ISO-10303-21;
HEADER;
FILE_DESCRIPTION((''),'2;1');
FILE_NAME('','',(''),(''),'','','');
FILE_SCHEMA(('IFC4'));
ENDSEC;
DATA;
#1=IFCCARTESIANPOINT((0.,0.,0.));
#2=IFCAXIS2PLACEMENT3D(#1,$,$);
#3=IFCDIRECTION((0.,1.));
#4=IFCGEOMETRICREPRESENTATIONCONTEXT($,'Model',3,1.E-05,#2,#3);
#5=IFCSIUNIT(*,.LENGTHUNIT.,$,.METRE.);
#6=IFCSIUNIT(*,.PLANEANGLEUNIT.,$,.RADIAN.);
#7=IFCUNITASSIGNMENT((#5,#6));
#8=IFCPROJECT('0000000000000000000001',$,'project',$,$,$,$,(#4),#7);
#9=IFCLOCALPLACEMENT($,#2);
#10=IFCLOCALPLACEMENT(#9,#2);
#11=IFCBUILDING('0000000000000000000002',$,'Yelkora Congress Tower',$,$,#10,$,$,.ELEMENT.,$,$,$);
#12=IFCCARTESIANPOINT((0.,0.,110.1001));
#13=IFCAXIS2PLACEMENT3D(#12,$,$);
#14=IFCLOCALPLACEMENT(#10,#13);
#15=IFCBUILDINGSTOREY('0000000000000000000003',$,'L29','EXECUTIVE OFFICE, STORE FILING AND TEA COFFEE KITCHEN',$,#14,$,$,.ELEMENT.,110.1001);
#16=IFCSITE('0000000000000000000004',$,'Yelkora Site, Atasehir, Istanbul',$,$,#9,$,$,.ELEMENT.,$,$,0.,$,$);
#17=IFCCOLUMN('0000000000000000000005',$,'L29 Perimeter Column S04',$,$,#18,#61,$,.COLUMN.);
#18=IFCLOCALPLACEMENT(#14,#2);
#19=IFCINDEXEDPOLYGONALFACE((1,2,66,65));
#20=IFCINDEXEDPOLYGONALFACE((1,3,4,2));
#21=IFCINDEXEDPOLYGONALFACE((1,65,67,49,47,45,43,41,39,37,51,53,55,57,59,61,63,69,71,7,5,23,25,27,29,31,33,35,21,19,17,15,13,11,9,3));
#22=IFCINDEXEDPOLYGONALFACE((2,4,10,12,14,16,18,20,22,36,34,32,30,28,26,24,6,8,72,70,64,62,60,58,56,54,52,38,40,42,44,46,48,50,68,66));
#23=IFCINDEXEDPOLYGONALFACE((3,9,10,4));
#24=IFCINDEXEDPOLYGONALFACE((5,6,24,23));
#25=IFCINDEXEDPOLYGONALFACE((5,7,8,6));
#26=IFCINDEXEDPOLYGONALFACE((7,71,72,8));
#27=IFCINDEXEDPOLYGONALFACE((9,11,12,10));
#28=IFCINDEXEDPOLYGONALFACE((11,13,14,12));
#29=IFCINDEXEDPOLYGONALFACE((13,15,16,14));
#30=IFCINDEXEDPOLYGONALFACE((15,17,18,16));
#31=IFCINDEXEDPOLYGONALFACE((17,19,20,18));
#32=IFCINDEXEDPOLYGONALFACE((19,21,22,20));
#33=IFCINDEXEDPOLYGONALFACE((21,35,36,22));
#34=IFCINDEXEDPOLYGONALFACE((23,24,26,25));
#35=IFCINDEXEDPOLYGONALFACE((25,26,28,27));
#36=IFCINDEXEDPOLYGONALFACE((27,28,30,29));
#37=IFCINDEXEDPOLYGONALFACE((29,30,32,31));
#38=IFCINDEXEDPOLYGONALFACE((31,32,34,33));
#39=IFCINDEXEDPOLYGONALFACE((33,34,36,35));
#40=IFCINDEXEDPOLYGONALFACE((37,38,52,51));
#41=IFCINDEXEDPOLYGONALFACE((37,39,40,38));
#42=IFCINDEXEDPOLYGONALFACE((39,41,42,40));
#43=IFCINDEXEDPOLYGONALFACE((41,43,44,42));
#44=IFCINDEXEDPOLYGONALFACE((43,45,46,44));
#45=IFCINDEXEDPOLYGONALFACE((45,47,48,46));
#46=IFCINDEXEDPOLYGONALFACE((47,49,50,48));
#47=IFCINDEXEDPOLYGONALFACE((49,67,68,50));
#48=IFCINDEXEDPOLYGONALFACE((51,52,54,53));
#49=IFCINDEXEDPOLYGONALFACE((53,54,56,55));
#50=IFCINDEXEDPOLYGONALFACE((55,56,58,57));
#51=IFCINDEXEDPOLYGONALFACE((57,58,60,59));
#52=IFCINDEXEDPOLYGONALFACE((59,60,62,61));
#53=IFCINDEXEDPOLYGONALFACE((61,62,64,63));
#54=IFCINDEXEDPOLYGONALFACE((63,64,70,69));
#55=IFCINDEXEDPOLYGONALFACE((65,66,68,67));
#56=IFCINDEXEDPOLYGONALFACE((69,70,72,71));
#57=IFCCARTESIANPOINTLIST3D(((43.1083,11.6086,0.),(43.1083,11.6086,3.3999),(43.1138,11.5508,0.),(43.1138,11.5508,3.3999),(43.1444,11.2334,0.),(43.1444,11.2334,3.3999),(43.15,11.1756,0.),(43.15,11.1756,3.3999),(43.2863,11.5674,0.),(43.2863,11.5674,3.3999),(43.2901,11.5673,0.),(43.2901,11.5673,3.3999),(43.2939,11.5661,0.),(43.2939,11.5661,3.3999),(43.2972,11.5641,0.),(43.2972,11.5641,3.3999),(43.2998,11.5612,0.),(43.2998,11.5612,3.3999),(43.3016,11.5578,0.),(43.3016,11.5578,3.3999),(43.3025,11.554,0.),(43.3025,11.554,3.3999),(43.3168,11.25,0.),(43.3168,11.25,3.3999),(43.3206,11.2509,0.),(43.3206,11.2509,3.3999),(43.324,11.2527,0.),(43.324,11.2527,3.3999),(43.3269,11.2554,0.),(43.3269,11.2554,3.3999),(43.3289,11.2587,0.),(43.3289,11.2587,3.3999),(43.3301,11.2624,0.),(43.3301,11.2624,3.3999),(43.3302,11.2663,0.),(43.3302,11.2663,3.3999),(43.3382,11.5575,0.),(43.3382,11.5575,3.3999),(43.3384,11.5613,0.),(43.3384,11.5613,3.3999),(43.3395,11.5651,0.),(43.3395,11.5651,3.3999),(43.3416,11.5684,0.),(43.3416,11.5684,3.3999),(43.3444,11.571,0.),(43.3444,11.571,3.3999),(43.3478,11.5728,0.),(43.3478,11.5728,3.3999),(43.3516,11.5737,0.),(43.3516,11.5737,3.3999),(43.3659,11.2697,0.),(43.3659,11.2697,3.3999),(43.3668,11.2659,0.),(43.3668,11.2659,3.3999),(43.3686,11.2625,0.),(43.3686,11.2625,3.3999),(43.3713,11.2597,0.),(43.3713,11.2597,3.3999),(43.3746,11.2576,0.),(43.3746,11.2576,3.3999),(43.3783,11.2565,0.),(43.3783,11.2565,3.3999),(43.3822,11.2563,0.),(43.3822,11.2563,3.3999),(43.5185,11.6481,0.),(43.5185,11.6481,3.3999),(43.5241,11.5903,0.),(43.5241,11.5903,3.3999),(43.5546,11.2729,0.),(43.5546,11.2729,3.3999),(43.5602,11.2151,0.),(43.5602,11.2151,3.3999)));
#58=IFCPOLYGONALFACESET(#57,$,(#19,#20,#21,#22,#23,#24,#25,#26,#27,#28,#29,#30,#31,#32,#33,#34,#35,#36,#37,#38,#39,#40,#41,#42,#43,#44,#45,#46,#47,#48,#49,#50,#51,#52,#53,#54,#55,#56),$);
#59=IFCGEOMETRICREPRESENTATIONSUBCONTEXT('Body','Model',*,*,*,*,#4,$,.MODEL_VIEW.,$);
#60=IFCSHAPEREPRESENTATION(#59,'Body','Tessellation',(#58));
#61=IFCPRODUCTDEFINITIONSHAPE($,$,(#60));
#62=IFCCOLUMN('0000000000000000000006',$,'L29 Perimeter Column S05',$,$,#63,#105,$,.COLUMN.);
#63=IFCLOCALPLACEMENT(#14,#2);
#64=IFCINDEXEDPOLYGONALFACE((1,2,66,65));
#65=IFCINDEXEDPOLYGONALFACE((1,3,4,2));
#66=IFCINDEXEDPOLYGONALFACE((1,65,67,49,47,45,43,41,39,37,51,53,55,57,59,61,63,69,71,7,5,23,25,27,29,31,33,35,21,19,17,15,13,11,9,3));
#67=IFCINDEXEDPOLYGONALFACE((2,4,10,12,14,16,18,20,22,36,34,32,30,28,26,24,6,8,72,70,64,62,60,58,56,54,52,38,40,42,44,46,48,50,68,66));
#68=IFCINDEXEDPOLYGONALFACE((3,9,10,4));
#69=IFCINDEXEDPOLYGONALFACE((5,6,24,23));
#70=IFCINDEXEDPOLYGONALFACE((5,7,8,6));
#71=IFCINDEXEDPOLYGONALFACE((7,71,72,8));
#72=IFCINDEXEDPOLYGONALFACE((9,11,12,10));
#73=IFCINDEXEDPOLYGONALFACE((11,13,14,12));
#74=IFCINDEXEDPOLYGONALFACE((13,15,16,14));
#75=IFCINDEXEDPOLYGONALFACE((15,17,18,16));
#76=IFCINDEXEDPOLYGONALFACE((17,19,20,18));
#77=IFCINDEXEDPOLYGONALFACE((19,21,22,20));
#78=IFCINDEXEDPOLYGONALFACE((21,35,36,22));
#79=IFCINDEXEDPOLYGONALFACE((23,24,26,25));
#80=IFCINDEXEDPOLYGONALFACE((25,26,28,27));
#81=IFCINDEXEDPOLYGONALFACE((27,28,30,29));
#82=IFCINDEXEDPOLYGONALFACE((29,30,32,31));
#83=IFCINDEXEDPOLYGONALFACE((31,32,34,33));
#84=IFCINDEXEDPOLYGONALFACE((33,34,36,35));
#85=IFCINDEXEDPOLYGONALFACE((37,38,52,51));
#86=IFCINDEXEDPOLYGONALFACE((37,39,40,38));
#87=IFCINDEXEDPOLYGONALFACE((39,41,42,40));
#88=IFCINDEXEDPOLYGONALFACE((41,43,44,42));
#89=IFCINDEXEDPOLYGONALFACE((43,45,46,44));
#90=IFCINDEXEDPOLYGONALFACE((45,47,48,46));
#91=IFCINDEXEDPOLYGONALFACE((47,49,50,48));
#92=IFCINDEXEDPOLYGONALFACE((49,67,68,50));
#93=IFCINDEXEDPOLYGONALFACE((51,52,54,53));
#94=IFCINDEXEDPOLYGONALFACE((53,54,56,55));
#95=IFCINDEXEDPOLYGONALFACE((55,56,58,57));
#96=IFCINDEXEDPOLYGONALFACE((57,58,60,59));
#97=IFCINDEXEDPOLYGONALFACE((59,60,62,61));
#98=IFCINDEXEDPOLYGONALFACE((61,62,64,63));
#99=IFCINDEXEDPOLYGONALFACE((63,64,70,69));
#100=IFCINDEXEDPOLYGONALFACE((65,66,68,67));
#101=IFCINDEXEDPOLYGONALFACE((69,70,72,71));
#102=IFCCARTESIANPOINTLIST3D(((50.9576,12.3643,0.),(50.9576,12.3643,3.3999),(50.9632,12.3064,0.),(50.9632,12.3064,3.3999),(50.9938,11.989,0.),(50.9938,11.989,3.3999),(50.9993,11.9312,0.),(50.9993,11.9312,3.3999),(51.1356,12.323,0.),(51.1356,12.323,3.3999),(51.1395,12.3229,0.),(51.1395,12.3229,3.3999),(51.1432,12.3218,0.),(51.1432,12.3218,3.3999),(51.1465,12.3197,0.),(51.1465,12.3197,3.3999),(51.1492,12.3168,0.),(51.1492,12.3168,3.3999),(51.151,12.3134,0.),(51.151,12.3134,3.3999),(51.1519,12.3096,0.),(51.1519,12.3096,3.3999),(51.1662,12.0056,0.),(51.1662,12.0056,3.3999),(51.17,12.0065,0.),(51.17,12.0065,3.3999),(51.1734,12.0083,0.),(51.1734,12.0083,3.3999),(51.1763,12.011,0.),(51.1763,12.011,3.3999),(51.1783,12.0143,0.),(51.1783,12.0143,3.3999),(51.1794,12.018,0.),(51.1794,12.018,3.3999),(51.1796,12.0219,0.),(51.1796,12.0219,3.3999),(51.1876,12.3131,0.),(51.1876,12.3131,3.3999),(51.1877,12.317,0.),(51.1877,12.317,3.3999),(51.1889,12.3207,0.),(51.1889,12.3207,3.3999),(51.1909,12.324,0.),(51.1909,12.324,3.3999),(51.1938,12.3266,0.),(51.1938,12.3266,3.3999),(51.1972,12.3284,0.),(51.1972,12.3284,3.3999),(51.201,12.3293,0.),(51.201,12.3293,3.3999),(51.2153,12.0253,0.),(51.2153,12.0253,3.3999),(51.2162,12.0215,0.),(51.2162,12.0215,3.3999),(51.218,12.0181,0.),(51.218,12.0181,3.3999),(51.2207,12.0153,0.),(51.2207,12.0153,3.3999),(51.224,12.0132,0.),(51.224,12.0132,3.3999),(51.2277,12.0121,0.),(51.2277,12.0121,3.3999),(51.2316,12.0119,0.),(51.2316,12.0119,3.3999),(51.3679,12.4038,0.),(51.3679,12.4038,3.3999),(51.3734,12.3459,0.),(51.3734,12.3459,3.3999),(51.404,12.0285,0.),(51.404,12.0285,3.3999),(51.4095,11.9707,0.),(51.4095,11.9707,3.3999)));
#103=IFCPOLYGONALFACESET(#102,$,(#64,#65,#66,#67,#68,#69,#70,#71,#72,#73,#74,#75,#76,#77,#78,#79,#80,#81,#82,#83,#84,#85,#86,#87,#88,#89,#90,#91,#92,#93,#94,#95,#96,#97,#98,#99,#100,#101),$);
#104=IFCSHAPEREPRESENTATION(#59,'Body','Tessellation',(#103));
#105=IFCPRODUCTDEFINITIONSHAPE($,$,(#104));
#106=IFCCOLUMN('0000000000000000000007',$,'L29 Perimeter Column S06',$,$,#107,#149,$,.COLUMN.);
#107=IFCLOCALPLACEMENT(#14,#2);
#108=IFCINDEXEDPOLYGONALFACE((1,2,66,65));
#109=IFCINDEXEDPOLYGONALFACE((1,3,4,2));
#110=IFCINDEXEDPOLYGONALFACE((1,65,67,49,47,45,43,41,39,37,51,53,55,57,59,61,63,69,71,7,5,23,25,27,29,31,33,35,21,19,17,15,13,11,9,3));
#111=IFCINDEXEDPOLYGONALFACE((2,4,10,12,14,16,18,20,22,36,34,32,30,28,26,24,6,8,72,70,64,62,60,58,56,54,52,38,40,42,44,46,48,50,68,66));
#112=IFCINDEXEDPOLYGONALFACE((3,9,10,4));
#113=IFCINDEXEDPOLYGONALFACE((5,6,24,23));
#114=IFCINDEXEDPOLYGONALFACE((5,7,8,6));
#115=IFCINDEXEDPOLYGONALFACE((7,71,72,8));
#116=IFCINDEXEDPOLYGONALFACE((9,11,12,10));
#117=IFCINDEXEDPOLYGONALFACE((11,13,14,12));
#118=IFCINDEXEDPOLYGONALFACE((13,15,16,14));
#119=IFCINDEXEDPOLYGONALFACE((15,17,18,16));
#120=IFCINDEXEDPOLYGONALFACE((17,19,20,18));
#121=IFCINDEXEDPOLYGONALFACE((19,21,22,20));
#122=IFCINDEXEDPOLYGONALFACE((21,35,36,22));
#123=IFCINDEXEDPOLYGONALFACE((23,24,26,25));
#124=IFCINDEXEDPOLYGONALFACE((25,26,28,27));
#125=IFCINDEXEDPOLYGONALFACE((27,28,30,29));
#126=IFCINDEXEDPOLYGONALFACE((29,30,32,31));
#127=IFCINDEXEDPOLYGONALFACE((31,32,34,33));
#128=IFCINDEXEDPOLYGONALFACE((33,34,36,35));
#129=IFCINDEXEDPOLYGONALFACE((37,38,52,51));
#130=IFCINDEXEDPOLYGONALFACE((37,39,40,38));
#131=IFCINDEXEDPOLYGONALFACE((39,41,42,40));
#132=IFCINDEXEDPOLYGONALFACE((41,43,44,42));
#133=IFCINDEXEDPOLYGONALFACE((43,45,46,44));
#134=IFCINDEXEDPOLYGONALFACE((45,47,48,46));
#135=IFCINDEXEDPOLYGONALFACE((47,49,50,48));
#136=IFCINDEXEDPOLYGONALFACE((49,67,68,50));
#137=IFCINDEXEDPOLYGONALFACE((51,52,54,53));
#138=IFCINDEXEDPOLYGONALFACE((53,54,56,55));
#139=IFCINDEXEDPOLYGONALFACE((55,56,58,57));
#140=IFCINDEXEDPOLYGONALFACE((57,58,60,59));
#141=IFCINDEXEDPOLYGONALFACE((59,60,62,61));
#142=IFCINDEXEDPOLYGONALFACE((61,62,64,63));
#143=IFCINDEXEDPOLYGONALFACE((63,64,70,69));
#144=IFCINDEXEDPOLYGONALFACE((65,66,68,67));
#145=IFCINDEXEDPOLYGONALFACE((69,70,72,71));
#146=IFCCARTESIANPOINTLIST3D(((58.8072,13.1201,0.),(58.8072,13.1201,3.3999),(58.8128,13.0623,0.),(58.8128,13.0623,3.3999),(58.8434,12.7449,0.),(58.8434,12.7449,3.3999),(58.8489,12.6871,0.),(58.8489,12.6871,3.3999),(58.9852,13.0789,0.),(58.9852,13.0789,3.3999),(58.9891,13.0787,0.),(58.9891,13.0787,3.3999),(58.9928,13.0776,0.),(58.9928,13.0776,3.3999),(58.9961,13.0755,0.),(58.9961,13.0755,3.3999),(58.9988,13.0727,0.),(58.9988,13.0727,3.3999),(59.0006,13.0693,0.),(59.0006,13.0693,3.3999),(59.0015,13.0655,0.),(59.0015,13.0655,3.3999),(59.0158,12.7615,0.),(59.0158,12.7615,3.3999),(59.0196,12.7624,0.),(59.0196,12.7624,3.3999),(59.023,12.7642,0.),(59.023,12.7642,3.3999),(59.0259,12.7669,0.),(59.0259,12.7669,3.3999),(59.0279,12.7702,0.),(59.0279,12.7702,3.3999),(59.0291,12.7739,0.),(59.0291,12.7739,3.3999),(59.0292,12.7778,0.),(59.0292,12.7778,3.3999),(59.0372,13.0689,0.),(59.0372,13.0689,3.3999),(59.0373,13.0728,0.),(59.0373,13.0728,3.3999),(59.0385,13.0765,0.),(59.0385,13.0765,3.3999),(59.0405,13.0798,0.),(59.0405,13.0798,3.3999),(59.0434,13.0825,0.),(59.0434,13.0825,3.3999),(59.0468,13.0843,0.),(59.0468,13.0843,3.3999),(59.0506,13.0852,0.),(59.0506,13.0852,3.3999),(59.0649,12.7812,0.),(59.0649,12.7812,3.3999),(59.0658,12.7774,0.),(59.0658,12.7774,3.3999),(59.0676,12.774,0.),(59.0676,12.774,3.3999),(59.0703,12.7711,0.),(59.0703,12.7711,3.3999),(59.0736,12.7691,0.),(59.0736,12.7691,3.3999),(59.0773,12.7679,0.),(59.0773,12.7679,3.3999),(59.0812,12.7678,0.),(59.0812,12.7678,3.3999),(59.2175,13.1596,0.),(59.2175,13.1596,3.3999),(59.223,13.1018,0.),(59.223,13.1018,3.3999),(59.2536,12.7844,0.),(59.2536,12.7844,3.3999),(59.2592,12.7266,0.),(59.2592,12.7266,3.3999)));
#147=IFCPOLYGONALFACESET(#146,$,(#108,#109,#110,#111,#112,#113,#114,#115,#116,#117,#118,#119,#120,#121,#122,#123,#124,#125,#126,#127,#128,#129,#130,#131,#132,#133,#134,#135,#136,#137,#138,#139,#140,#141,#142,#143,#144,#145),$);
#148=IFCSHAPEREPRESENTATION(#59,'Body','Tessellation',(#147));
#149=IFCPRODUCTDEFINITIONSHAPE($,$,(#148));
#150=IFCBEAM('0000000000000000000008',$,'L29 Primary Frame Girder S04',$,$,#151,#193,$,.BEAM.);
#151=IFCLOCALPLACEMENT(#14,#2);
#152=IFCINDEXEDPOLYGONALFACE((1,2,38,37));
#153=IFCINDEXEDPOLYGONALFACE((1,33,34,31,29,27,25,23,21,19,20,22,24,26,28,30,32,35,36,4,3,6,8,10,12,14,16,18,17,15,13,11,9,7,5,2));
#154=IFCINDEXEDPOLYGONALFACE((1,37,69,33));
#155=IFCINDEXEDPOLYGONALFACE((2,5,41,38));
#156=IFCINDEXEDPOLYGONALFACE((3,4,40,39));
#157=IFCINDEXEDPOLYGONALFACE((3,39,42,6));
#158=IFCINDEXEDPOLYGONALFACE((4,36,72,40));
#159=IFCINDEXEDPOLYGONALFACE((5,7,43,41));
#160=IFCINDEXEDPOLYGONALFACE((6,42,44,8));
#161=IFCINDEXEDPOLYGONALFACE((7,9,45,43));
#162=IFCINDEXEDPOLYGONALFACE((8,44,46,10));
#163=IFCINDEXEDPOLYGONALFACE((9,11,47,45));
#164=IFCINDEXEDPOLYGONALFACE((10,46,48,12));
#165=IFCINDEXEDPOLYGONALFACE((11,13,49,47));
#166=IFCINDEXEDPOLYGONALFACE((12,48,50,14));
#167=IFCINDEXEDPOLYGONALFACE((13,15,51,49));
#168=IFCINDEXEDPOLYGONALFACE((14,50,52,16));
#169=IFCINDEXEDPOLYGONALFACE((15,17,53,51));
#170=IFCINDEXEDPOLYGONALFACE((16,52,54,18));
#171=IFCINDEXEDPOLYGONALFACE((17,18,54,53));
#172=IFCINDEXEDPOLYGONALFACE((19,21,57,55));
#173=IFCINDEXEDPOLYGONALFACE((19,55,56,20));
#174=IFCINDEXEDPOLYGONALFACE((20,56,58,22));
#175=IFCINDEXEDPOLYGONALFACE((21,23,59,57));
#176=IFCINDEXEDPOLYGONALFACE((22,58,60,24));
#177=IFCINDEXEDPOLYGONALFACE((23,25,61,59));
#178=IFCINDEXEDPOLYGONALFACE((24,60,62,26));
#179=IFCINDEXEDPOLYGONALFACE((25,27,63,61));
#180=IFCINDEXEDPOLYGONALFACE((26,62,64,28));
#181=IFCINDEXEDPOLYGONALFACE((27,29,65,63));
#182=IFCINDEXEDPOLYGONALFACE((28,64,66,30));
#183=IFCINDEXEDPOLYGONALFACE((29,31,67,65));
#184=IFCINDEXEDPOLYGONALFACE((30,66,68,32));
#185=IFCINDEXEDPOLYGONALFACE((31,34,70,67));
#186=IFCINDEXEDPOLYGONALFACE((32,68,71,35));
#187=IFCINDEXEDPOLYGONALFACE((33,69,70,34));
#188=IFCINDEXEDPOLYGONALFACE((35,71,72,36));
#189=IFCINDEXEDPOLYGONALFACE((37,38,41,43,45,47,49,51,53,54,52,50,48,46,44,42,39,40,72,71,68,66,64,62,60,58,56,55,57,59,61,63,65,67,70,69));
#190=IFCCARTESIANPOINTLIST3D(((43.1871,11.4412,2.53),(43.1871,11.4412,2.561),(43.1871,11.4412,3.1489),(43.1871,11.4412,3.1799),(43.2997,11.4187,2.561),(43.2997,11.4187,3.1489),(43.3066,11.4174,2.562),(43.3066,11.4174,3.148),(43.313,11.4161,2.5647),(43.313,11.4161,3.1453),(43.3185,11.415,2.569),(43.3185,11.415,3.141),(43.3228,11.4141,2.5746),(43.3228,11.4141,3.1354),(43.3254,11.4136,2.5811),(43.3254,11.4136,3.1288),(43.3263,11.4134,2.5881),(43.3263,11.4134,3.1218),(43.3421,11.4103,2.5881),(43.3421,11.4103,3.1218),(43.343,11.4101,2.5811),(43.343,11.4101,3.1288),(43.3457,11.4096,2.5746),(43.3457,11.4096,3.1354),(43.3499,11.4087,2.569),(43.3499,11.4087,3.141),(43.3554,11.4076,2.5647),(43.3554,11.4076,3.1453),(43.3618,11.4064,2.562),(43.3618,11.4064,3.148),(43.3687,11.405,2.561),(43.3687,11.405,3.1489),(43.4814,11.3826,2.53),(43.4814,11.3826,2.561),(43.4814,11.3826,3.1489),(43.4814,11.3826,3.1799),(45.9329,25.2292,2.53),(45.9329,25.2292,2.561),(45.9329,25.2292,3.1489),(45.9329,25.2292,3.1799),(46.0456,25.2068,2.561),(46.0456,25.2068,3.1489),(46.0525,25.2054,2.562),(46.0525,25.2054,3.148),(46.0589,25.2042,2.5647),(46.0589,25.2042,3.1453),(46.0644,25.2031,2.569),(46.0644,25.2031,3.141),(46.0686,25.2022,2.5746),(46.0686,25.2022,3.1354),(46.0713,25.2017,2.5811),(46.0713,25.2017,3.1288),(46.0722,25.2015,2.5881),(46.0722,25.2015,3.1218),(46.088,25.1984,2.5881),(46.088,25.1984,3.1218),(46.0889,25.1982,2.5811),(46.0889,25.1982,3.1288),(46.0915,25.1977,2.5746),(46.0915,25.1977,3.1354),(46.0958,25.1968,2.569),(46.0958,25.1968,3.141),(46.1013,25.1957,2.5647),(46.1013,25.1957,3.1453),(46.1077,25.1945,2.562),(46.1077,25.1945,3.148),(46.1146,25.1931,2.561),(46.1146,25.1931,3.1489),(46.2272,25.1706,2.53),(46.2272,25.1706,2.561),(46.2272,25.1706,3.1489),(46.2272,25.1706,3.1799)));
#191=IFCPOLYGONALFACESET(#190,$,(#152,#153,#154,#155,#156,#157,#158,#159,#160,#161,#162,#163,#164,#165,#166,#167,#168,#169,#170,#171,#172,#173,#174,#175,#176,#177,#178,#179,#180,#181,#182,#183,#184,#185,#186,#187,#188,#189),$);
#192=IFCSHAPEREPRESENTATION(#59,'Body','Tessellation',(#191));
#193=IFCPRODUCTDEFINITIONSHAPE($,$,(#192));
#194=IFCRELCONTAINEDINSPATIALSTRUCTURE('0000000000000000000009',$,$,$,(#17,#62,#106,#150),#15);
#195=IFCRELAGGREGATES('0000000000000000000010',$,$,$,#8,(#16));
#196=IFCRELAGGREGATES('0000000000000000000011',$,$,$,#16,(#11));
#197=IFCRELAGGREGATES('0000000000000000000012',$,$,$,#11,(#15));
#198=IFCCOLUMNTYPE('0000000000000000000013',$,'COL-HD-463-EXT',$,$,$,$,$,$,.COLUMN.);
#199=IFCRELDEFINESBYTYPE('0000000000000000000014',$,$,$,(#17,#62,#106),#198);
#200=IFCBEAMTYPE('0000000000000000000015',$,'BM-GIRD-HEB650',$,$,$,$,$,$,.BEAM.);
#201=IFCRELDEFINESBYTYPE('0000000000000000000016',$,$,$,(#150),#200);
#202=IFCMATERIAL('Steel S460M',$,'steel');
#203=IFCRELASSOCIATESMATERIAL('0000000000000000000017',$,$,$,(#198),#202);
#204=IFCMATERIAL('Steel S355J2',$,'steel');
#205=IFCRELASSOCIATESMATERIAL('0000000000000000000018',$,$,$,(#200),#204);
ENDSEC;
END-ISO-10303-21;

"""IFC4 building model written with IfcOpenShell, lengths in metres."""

from ifc_helpers import new_model, si_unit, direction, frame, origin, origin_2d, place, context, subcontext, project, spatial, i_section, extrude, material, material_profile, profile_set, type_object, element, save


model = new_model("IFC4")

# Units and contexts
model_context = context("Model", 3, precision=1e-05, world=origin(), true_north=direction((0.0, 1.0)))
body_context = subcontext(model_context, "Body", "Model", "MODEL_VIEW")
ifc_project = project(units=[si_unit("LENGTHUNIT", "METRE"), si_unit("PLANEANGLEUNIT", "RADIAN")], contexts=[model_context])

# Site, building, storey
site_placement = place(None, origin())
site = spatial("IfcSite", under=ifc_project, at=site_placement, Name="Yelkora Site, Atasehir, Istanbul", CompositionType="ELEMENT", RefElevation=0.0)
building_placement = place(site_placement, origin())
building = spatial("IfcBuilding", under=site, at=building_placement, Name="Yelkora Congress Tower", CompositionType="ELEMENT")
storey_placement = place(building_placement, frame((0.0, 0.0, 110.1001)))
storey = spatial("IfcBuildingStorey", under=building, at=storey_placement, Name="L29", Description="EXECUTIVE OFFICE, STORE FILING AND TEA COFFEE KITCHEN", CompositionType="ELEMENT", Elevation=110.1001)

# Columns
ifc_material_1 = material(Name="Steel S460M", Category="steel")
ifc_material_profile_1 = material_profile(ifc_material_1, i_section(OverallWidth=0.4121, OverallDepth=0.4351, WebThickness=0.0359, FlangeThickness=0.0581, FilletRadius=0.0149, at=origin_2d()), Name="HD 400x463")
ifc_profile_set_1 = profile_set([ifc_material_profile_1], Name="Steel S460M")
column_type = type_object("IfcColumnType", Name="COL-HD-463-EXT", PredefinedType="COLUMN", material=ifc_profile_set_1)
for number, where, z_axis, x_axis, name in (
    (1, (43.3342, 11.4119, 0.0), (0.0, 0.0, 1.0), (0.995396, 0.095846, 0.0), "L29 Perimeter Column S04"),
    (2, (51.1836, 12.1675, 0.0), (0.0, 0.0, 1.0), (0.995396, 0.095846, 0.0), "L29 Perimeter Column S05"),
    (3, (59.0332, 12.9233, 0.0), (0.0, 0.0, 1.0), (0.995396, 0.095846, 0.0), "L29 Perimeter Column S06"),
):
    element("IfcColumn", number, at=place(storey_placement, frame(where, z_axis=z_axis, x_axis=x_axis)), inside=storey, type_object=column_type, Name=name, PredefinedType="COLUMN", context=body_context, shape_type="SweptSolid", body=[
        extrude(i_section(OverallWidth=0.4121, OverallDepth=0.4351, WebThickness=0.0359, FlangeThickness=0.0581, FilletRadius=0.0149, at=origin_2d()), origin(), (0.0, 0.0, 1.0), 3.3999),
    ])

# Beam
ifc_material_2 = material(Name="Steel S355J2", Category="steel")
ifc_material_profile_2 = material_profile(ifc_material_2, i_section(OverallWidth=0.3, OverallDepth=0.6499, WebThickness=0.0161, FlangeThickness=0.031, FilletRadius=0.0271, at=origin_2d()), Name="HEB 650")
ifc_profile_set_2 = profile_set([ifc_material_profile_2], Name="Steel S355J2")
beam_type_1 = type_object("IfcBeamType", Name="BM-GIRD-HEB650", PredefinedType="BEAM", material=ifc_profile_set_2)
beam_1_placement = place(storey_placement, frame((43.3342, 11.4119, 2.855), z_axis=(0.195311, 0.980741, 0.0), x_axis=(-0.980741, 0.195311, 0.0)))
element("IfcBeam", 4, at=beam_1_placement, inside=storey, type_object=beam_type_1, Name="L29 Primary Frame Girder S04", PredefinedType="BEAM", context=body_context, shape_type="SweptSolid", body=[
    extrude(i_section(OverallWidth=0.3, OverallDepth=0.6499, WebThickness=0.0161, FlangeThickness=0.031, FilletRadius=0.0271, at=origin_2d()), origin(), (0.0, 0.0, 1.0), 14.0588),
])

save(model, "model.ifc")
